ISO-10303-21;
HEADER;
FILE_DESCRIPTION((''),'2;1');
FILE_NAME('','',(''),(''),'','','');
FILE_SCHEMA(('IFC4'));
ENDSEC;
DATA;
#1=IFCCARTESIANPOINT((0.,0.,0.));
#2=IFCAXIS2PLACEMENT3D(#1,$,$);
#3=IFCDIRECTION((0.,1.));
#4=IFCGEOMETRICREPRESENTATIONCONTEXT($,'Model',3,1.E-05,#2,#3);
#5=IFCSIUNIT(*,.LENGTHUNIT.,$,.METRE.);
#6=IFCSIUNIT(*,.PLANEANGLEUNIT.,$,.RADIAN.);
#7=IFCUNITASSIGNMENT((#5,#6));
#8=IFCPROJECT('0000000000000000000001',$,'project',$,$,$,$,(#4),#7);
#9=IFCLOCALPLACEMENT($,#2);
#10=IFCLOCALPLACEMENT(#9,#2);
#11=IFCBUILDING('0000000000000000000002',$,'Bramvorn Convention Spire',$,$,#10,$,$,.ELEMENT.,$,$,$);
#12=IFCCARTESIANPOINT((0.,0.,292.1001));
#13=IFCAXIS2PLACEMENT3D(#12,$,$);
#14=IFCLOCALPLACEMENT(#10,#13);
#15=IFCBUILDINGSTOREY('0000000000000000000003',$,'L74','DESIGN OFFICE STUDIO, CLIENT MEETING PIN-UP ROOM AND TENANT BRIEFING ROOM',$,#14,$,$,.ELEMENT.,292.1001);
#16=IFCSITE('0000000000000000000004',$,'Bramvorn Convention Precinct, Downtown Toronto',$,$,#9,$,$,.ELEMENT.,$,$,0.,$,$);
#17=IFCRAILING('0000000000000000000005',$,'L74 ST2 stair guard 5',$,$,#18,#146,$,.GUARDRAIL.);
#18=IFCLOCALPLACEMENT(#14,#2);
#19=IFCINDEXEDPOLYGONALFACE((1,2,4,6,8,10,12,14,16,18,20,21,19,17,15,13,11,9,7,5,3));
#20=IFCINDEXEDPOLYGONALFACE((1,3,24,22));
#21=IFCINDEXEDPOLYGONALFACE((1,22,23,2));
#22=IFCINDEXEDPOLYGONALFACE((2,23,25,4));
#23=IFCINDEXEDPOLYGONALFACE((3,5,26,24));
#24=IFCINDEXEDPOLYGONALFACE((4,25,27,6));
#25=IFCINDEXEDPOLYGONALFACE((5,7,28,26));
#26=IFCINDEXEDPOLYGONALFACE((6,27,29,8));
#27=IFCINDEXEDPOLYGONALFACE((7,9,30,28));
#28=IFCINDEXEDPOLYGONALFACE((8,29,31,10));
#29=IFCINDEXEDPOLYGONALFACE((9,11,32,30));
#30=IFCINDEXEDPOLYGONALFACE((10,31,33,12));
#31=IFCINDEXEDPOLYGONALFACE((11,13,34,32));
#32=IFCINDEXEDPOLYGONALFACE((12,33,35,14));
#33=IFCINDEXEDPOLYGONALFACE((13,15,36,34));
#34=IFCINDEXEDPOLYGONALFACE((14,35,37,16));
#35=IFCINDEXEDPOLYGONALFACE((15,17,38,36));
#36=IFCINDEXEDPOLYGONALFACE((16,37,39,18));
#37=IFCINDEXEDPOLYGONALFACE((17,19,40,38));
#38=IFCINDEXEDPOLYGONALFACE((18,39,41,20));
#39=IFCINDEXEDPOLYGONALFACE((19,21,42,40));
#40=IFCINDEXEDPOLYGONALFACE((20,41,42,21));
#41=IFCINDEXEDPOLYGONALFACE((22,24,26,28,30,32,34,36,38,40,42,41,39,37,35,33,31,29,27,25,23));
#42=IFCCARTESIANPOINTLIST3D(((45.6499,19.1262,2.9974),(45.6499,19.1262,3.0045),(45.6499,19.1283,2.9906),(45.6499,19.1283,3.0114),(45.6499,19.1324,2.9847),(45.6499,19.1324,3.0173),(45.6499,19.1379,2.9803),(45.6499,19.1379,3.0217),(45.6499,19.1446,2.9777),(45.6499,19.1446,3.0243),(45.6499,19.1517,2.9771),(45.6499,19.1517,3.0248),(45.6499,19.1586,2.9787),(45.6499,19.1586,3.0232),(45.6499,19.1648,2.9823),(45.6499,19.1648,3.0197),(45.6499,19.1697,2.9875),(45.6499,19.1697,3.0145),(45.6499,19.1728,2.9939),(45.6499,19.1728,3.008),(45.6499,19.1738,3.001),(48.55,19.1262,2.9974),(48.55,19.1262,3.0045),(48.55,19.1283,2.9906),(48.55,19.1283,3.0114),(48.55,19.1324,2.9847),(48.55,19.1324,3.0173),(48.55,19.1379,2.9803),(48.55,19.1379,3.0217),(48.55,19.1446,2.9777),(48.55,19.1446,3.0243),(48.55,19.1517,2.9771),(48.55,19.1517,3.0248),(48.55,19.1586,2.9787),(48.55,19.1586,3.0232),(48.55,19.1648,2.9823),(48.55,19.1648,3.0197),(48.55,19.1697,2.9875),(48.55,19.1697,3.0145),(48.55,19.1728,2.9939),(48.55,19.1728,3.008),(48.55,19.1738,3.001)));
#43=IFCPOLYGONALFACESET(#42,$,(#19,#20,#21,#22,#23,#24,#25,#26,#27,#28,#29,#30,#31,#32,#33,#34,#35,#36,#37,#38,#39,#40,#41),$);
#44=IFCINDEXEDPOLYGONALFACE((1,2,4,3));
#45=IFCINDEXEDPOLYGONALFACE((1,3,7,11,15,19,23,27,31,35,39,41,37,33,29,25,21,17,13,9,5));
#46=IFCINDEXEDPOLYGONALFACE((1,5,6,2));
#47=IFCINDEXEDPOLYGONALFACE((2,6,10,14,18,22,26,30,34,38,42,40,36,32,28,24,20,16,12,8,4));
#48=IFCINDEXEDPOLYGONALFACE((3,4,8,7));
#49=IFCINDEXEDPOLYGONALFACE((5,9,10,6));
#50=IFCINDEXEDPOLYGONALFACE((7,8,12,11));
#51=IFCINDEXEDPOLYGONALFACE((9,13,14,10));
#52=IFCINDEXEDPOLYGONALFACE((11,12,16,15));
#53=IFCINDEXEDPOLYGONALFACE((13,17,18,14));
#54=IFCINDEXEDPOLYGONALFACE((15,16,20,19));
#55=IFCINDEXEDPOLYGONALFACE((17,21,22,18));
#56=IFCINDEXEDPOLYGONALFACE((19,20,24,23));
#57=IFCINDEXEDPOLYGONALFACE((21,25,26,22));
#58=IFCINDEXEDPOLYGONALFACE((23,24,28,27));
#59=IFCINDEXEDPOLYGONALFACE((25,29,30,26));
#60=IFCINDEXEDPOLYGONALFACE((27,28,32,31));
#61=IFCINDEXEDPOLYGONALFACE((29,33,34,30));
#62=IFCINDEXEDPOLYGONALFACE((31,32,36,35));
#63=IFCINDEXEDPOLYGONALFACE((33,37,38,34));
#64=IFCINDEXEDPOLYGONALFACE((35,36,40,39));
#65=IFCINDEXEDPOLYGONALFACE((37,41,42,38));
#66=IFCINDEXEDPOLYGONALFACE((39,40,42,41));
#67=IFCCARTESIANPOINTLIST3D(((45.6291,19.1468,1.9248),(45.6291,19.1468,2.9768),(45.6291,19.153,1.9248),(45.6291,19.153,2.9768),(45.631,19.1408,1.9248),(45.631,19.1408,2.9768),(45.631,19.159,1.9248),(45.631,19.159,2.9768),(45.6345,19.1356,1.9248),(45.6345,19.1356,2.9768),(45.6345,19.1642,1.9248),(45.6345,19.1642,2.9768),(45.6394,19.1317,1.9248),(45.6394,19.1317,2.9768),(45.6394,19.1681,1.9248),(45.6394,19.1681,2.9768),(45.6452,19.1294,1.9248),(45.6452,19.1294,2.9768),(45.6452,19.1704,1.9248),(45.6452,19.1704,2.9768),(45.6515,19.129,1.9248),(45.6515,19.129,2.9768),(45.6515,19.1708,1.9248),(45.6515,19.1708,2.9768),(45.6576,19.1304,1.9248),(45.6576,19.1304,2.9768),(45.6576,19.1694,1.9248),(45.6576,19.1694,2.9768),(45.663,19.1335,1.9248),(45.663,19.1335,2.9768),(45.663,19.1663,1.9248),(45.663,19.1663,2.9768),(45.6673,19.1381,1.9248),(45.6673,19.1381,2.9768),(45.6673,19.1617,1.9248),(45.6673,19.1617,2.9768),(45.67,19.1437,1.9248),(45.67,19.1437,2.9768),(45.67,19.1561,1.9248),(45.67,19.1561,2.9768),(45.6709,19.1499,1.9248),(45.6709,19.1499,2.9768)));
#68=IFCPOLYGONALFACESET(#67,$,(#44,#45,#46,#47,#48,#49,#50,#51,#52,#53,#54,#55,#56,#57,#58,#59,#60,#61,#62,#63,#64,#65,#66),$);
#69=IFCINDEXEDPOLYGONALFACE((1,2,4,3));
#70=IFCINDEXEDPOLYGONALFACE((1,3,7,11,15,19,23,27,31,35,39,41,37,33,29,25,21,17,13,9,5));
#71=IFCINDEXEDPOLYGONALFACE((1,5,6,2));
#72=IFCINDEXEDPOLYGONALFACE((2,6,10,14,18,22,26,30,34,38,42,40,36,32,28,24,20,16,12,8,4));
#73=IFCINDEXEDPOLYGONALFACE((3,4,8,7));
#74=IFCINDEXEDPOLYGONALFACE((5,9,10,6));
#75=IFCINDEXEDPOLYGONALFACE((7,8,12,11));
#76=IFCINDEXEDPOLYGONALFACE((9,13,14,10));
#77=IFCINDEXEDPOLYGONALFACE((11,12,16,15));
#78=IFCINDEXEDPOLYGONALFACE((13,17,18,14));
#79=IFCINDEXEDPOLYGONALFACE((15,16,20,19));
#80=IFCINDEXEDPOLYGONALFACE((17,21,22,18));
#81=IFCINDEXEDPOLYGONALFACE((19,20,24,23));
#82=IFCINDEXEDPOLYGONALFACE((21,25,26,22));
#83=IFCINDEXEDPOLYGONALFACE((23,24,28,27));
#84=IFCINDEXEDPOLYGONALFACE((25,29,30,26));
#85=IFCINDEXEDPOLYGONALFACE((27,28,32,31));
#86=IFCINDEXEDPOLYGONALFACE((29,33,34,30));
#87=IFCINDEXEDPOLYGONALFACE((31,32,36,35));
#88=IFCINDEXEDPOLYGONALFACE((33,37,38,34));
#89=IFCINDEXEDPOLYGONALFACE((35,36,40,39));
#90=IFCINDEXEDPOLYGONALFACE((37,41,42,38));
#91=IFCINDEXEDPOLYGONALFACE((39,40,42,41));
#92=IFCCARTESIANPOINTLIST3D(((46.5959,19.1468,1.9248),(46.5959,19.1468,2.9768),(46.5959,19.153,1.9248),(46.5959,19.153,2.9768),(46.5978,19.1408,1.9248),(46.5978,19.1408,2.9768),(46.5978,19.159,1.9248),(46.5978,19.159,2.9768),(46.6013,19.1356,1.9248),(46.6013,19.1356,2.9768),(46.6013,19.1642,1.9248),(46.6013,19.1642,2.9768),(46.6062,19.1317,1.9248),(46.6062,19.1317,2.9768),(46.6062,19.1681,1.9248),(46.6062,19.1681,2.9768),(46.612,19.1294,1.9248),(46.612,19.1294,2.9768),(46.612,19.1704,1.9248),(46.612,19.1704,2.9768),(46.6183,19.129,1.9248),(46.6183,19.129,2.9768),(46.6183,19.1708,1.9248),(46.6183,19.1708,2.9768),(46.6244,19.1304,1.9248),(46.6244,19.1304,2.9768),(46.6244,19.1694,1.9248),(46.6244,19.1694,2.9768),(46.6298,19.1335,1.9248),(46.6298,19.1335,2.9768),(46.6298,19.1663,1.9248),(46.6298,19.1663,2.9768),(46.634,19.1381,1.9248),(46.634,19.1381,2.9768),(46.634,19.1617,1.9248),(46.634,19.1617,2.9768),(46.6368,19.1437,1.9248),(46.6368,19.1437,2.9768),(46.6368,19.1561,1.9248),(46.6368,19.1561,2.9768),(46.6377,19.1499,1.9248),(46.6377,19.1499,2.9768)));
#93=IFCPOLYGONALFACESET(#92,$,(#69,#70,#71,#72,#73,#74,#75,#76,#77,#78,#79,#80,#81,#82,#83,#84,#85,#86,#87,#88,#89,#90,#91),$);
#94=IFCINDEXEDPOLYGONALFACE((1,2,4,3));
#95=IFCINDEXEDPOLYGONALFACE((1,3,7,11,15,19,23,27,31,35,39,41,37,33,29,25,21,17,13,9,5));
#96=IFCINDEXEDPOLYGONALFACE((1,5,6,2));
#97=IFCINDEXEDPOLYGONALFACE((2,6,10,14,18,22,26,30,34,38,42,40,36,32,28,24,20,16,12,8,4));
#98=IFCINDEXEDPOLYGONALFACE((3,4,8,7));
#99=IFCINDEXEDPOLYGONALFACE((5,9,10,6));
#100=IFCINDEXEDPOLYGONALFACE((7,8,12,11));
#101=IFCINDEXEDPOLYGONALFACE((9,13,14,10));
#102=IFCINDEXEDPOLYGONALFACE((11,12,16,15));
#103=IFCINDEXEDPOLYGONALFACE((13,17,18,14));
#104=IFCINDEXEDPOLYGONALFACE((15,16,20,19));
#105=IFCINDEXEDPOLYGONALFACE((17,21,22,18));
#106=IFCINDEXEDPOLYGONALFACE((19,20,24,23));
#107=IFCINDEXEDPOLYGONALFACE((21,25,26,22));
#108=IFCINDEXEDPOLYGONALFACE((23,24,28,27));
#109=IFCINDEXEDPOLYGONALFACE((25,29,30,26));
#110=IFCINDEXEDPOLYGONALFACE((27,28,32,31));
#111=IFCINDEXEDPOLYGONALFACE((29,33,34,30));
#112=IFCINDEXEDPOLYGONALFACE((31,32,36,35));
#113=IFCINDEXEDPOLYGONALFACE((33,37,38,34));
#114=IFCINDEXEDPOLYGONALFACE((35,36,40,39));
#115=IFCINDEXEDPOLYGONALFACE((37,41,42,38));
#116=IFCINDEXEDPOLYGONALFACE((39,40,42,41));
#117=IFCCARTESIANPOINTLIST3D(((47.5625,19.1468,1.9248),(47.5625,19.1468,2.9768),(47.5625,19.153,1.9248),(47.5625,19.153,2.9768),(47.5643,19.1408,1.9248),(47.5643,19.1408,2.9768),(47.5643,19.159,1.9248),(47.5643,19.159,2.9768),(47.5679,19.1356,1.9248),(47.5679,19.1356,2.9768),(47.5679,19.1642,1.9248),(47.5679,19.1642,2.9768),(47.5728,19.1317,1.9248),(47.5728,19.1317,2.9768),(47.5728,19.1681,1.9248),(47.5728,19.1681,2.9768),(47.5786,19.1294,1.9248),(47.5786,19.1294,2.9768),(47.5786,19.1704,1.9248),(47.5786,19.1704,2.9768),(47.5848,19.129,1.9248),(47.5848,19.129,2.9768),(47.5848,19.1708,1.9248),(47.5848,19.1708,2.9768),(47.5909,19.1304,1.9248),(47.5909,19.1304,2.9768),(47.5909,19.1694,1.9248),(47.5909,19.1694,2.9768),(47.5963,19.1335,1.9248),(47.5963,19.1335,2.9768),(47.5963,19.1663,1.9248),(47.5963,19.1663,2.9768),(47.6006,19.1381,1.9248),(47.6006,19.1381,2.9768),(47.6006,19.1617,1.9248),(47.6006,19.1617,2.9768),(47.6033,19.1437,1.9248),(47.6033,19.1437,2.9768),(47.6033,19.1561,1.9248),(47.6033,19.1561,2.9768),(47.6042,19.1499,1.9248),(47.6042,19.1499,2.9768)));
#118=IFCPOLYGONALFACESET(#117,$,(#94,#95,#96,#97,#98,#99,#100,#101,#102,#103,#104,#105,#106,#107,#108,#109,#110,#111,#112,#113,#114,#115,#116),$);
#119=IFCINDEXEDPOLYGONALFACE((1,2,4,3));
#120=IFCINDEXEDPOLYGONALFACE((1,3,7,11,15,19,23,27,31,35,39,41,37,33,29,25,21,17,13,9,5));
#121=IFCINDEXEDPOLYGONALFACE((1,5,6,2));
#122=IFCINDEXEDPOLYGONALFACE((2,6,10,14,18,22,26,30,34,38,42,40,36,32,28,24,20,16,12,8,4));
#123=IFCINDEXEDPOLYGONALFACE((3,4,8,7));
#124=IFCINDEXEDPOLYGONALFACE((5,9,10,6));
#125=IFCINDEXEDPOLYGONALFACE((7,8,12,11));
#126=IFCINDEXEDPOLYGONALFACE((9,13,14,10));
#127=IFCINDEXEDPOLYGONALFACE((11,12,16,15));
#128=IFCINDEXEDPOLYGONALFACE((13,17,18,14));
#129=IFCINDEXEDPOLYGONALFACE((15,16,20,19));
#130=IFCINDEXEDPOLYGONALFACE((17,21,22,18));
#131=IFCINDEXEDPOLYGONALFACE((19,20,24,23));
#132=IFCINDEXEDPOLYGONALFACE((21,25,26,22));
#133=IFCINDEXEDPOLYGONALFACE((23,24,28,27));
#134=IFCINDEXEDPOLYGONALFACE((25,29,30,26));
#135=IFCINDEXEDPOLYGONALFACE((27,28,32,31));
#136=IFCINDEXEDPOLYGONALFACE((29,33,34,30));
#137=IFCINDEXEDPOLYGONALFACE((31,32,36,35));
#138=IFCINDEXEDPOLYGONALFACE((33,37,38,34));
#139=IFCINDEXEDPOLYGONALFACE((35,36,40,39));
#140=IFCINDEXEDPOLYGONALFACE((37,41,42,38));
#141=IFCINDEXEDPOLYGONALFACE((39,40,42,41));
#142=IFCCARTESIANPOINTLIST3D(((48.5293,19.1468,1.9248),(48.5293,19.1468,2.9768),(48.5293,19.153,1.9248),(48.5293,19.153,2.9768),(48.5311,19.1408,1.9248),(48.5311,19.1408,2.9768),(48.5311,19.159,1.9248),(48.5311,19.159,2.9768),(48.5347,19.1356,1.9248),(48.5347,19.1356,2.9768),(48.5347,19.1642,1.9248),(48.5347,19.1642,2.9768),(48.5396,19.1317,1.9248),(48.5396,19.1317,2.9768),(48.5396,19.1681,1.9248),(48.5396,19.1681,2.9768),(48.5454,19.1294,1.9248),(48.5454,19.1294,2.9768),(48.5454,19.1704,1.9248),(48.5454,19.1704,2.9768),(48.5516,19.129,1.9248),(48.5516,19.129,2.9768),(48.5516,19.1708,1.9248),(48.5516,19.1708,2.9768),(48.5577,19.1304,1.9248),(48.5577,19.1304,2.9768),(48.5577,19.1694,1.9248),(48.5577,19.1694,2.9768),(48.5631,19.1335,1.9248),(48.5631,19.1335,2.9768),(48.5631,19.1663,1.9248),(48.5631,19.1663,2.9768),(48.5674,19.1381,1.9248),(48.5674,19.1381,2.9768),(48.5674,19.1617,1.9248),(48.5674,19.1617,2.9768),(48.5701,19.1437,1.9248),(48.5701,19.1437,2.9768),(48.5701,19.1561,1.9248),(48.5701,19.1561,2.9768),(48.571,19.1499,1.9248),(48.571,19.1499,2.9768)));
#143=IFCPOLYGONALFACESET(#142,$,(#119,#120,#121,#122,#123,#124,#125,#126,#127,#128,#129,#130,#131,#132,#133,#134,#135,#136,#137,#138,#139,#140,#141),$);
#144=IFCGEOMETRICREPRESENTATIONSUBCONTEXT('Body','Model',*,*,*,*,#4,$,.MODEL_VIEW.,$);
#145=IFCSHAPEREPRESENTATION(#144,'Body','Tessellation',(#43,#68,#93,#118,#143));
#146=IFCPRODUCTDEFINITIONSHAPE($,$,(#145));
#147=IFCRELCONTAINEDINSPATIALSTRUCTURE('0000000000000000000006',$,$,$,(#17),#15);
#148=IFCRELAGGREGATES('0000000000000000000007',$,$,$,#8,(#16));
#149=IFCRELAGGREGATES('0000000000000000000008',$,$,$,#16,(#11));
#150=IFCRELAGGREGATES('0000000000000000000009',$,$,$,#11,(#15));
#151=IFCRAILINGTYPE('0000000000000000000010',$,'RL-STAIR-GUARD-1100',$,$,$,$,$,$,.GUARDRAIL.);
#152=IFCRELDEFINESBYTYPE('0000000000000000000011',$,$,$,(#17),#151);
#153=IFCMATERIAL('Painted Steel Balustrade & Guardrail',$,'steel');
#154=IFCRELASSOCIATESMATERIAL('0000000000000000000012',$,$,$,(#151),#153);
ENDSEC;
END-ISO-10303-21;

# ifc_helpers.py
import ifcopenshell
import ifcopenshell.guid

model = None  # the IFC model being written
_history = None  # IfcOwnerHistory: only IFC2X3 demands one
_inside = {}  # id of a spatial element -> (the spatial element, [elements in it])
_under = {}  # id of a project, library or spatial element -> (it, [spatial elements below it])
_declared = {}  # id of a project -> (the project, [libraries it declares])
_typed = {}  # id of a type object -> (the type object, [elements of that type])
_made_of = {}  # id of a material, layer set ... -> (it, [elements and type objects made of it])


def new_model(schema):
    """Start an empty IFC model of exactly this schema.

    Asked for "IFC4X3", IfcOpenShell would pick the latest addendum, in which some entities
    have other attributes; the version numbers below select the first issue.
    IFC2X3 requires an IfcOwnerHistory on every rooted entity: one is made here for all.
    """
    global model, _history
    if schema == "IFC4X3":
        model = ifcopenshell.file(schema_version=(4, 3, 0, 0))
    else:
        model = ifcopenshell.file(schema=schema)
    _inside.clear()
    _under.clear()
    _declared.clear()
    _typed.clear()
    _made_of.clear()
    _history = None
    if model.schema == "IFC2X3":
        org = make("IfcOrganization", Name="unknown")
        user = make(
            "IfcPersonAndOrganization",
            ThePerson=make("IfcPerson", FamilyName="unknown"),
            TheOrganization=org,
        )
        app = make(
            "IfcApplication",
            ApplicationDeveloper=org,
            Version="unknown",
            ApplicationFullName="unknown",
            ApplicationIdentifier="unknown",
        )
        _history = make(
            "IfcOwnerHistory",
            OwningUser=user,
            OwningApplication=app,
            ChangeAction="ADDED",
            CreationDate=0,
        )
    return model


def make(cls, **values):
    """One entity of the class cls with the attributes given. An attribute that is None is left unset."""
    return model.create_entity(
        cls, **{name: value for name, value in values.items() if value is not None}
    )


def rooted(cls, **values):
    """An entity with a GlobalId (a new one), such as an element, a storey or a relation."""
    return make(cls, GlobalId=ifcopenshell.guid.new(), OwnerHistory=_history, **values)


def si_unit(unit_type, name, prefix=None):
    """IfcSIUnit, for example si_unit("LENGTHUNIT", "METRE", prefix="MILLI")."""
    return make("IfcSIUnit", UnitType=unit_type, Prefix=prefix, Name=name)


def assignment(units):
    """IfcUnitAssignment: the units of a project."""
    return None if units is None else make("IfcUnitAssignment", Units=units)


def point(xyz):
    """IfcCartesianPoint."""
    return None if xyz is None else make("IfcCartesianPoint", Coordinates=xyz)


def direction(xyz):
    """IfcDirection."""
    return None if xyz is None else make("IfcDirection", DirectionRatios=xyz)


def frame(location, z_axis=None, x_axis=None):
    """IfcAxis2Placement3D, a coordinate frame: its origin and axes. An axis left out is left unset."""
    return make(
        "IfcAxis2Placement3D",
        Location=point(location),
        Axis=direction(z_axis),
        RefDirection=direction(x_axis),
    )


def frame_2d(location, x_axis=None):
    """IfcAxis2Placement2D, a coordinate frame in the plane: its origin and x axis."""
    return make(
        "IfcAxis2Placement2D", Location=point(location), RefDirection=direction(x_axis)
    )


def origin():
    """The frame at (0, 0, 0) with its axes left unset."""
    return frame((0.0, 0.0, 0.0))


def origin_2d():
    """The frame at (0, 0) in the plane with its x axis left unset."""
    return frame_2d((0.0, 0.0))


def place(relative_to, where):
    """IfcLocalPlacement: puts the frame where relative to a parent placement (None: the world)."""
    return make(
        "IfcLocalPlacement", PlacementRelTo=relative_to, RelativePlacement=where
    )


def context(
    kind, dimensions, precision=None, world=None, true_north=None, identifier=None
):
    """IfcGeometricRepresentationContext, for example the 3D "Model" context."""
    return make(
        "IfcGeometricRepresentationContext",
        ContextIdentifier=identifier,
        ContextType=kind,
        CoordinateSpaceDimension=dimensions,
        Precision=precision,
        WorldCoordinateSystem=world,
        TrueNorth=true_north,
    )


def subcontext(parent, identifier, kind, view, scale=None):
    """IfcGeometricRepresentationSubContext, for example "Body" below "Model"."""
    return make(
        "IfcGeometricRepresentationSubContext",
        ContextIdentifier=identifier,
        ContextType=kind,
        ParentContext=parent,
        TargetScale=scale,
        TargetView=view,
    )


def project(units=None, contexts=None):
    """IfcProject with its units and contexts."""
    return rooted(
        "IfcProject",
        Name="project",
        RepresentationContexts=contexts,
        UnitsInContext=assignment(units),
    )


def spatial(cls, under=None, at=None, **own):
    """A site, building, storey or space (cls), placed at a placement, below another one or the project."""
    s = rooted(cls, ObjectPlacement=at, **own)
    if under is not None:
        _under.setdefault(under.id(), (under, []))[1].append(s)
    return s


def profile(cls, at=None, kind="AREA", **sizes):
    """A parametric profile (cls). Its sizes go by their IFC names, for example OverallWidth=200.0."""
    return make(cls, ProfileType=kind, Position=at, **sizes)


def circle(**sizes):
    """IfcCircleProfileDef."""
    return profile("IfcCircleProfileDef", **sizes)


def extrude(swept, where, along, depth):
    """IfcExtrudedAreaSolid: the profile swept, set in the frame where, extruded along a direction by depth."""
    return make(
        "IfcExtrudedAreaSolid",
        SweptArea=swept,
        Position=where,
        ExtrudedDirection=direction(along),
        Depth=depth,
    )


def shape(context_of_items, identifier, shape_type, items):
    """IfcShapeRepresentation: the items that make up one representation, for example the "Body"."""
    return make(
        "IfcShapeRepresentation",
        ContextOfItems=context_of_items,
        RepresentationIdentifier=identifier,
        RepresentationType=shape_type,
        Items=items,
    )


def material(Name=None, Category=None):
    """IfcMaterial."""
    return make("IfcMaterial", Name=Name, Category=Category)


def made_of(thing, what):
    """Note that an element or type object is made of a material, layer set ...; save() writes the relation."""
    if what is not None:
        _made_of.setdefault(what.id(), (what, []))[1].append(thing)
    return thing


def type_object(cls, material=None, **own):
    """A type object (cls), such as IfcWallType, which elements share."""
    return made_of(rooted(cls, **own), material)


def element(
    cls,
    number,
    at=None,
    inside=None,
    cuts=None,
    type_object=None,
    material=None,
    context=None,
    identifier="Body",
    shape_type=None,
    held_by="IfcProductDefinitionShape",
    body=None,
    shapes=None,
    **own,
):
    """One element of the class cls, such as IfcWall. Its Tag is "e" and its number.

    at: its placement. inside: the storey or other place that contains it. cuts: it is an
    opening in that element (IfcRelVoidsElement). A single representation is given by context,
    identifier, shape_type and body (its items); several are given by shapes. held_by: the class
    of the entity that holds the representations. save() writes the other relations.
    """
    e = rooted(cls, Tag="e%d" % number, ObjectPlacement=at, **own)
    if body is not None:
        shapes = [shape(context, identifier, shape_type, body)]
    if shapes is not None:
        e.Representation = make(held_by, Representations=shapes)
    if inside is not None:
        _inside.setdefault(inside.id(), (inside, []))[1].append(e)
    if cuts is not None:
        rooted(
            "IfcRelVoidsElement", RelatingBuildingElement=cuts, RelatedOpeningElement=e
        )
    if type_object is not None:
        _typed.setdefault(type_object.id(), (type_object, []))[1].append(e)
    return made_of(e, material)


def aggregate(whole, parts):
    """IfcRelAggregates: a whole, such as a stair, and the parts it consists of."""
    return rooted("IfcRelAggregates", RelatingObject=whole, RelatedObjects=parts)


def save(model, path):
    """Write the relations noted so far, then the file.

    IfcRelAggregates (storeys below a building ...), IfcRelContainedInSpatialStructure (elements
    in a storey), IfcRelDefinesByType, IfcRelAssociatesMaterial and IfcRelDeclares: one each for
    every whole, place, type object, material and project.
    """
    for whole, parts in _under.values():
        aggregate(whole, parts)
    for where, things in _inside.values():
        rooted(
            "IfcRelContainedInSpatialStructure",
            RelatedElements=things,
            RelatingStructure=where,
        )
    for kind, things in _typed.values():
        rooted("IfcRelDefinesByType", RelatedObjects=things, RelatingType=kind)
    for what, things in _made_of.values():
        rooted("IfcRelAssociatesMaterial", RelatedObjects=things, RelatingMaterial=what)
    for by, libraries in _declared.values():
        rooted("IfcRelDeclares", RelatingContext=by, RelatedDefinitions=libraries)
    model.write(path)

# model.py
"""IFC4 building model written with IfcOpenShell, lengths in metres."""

from ifc_helpers import new_model, si_unit, direction, frame, origin, origin_2d, place, context, subcontext, project, spatial, circle, extrude, material, type_object, element, save


model = new_model("IFC4")

# Units and contexts
model_context = context("Model", 3, precision=1e-05, world=origin(), true_north=direction((0.0, 1.0)))
body_context = subcontext(model_context, "Body", "Model", "MODEL_VIEW")
ifc_project = project(units=[si_unit("LENGTHUNIT", "METRE"), si_unit("PLANEANGLEUNIT", "RADIAN")], contexts=[model_context])

# Site, building, storey
site_placement = place(None, origin())
site = spatial("IfcSite", under=ifc_project, at=site_placement, Name="Bramvorn Convention Precinct, Downtown Toronto", CompositionType="ELEMENT", RefElevation=0.0)
building_placement = place(site_placement, origin())
building = spatial("IfcBuilding", under=site, at=building_placement, Name="Bramvorn Convention Spire", CompositionType="ELEMENT")
storey_placement = place(building_placement, frame((0.0, 0.0, 292.1001)))
storey = spatial("IfcBuildingStorey", under=building, at=storey_placement, Name="L74", Description="DESIGN OFFICE STUDIO, CLIENT MEETING PIN-UP ROOM AND TENANT BRIEFING ROOM", CompositionType="ELEMENT", Elevation=292.1001)

# Railing
ifc_material_1 = material(Name="Painted Steel Balustrade & Guardrail", Category="steel")
railing_type = type_object("IfcRailingType", Name="RL-STAIR-GUARD-1100", PredefinedType="GUARDRAIL", material=ifc_material_1)
railing_1_placement = place(storey_placement, frame((45.6499, 19.1499, 1.9248)))
element("IfcRailing", 1, at=railing_1_placement, inside=storey, type_object=railing_type, Name="L74 ST2 stair guard 5", PredefinedType="GUARDRAIL", context=body_context, shape_type="SweptSolid", body=[
    extrude(circle(Radius=0.0239, at=origin_2d()), frame((0.0, 0.0, 1.0762), z_axis=(1.0, 0.0, 0.0), x_axis=(0.0, 1.0, 0.0)), (0.0, 0.0, 1.0), 2.9001),
    extrude(circle(Radius=0.021, at=origin_2d()), origin(), (0.0, 0.0, 1.0), 1.052),
    extrude(circle(Radius=0.021, at=origin_2d()), frame((0.9668, 0.0, 0.0)), (0.0, 0.0, 1.0), 1.052),
    extrude(circle(Radius=0.021, at=origin_2d()), frame((1.9333, 0.0, 0.0)), (0.0, 0.0, 1.0), 1.052),
    extrude(circle(Radius=0.021, at=origin_2d()), frame((2.9001, 0.0, 0.0)), (0.0, 0.0, 1.0), 1.052),
])

save(model, "model.ifc")
